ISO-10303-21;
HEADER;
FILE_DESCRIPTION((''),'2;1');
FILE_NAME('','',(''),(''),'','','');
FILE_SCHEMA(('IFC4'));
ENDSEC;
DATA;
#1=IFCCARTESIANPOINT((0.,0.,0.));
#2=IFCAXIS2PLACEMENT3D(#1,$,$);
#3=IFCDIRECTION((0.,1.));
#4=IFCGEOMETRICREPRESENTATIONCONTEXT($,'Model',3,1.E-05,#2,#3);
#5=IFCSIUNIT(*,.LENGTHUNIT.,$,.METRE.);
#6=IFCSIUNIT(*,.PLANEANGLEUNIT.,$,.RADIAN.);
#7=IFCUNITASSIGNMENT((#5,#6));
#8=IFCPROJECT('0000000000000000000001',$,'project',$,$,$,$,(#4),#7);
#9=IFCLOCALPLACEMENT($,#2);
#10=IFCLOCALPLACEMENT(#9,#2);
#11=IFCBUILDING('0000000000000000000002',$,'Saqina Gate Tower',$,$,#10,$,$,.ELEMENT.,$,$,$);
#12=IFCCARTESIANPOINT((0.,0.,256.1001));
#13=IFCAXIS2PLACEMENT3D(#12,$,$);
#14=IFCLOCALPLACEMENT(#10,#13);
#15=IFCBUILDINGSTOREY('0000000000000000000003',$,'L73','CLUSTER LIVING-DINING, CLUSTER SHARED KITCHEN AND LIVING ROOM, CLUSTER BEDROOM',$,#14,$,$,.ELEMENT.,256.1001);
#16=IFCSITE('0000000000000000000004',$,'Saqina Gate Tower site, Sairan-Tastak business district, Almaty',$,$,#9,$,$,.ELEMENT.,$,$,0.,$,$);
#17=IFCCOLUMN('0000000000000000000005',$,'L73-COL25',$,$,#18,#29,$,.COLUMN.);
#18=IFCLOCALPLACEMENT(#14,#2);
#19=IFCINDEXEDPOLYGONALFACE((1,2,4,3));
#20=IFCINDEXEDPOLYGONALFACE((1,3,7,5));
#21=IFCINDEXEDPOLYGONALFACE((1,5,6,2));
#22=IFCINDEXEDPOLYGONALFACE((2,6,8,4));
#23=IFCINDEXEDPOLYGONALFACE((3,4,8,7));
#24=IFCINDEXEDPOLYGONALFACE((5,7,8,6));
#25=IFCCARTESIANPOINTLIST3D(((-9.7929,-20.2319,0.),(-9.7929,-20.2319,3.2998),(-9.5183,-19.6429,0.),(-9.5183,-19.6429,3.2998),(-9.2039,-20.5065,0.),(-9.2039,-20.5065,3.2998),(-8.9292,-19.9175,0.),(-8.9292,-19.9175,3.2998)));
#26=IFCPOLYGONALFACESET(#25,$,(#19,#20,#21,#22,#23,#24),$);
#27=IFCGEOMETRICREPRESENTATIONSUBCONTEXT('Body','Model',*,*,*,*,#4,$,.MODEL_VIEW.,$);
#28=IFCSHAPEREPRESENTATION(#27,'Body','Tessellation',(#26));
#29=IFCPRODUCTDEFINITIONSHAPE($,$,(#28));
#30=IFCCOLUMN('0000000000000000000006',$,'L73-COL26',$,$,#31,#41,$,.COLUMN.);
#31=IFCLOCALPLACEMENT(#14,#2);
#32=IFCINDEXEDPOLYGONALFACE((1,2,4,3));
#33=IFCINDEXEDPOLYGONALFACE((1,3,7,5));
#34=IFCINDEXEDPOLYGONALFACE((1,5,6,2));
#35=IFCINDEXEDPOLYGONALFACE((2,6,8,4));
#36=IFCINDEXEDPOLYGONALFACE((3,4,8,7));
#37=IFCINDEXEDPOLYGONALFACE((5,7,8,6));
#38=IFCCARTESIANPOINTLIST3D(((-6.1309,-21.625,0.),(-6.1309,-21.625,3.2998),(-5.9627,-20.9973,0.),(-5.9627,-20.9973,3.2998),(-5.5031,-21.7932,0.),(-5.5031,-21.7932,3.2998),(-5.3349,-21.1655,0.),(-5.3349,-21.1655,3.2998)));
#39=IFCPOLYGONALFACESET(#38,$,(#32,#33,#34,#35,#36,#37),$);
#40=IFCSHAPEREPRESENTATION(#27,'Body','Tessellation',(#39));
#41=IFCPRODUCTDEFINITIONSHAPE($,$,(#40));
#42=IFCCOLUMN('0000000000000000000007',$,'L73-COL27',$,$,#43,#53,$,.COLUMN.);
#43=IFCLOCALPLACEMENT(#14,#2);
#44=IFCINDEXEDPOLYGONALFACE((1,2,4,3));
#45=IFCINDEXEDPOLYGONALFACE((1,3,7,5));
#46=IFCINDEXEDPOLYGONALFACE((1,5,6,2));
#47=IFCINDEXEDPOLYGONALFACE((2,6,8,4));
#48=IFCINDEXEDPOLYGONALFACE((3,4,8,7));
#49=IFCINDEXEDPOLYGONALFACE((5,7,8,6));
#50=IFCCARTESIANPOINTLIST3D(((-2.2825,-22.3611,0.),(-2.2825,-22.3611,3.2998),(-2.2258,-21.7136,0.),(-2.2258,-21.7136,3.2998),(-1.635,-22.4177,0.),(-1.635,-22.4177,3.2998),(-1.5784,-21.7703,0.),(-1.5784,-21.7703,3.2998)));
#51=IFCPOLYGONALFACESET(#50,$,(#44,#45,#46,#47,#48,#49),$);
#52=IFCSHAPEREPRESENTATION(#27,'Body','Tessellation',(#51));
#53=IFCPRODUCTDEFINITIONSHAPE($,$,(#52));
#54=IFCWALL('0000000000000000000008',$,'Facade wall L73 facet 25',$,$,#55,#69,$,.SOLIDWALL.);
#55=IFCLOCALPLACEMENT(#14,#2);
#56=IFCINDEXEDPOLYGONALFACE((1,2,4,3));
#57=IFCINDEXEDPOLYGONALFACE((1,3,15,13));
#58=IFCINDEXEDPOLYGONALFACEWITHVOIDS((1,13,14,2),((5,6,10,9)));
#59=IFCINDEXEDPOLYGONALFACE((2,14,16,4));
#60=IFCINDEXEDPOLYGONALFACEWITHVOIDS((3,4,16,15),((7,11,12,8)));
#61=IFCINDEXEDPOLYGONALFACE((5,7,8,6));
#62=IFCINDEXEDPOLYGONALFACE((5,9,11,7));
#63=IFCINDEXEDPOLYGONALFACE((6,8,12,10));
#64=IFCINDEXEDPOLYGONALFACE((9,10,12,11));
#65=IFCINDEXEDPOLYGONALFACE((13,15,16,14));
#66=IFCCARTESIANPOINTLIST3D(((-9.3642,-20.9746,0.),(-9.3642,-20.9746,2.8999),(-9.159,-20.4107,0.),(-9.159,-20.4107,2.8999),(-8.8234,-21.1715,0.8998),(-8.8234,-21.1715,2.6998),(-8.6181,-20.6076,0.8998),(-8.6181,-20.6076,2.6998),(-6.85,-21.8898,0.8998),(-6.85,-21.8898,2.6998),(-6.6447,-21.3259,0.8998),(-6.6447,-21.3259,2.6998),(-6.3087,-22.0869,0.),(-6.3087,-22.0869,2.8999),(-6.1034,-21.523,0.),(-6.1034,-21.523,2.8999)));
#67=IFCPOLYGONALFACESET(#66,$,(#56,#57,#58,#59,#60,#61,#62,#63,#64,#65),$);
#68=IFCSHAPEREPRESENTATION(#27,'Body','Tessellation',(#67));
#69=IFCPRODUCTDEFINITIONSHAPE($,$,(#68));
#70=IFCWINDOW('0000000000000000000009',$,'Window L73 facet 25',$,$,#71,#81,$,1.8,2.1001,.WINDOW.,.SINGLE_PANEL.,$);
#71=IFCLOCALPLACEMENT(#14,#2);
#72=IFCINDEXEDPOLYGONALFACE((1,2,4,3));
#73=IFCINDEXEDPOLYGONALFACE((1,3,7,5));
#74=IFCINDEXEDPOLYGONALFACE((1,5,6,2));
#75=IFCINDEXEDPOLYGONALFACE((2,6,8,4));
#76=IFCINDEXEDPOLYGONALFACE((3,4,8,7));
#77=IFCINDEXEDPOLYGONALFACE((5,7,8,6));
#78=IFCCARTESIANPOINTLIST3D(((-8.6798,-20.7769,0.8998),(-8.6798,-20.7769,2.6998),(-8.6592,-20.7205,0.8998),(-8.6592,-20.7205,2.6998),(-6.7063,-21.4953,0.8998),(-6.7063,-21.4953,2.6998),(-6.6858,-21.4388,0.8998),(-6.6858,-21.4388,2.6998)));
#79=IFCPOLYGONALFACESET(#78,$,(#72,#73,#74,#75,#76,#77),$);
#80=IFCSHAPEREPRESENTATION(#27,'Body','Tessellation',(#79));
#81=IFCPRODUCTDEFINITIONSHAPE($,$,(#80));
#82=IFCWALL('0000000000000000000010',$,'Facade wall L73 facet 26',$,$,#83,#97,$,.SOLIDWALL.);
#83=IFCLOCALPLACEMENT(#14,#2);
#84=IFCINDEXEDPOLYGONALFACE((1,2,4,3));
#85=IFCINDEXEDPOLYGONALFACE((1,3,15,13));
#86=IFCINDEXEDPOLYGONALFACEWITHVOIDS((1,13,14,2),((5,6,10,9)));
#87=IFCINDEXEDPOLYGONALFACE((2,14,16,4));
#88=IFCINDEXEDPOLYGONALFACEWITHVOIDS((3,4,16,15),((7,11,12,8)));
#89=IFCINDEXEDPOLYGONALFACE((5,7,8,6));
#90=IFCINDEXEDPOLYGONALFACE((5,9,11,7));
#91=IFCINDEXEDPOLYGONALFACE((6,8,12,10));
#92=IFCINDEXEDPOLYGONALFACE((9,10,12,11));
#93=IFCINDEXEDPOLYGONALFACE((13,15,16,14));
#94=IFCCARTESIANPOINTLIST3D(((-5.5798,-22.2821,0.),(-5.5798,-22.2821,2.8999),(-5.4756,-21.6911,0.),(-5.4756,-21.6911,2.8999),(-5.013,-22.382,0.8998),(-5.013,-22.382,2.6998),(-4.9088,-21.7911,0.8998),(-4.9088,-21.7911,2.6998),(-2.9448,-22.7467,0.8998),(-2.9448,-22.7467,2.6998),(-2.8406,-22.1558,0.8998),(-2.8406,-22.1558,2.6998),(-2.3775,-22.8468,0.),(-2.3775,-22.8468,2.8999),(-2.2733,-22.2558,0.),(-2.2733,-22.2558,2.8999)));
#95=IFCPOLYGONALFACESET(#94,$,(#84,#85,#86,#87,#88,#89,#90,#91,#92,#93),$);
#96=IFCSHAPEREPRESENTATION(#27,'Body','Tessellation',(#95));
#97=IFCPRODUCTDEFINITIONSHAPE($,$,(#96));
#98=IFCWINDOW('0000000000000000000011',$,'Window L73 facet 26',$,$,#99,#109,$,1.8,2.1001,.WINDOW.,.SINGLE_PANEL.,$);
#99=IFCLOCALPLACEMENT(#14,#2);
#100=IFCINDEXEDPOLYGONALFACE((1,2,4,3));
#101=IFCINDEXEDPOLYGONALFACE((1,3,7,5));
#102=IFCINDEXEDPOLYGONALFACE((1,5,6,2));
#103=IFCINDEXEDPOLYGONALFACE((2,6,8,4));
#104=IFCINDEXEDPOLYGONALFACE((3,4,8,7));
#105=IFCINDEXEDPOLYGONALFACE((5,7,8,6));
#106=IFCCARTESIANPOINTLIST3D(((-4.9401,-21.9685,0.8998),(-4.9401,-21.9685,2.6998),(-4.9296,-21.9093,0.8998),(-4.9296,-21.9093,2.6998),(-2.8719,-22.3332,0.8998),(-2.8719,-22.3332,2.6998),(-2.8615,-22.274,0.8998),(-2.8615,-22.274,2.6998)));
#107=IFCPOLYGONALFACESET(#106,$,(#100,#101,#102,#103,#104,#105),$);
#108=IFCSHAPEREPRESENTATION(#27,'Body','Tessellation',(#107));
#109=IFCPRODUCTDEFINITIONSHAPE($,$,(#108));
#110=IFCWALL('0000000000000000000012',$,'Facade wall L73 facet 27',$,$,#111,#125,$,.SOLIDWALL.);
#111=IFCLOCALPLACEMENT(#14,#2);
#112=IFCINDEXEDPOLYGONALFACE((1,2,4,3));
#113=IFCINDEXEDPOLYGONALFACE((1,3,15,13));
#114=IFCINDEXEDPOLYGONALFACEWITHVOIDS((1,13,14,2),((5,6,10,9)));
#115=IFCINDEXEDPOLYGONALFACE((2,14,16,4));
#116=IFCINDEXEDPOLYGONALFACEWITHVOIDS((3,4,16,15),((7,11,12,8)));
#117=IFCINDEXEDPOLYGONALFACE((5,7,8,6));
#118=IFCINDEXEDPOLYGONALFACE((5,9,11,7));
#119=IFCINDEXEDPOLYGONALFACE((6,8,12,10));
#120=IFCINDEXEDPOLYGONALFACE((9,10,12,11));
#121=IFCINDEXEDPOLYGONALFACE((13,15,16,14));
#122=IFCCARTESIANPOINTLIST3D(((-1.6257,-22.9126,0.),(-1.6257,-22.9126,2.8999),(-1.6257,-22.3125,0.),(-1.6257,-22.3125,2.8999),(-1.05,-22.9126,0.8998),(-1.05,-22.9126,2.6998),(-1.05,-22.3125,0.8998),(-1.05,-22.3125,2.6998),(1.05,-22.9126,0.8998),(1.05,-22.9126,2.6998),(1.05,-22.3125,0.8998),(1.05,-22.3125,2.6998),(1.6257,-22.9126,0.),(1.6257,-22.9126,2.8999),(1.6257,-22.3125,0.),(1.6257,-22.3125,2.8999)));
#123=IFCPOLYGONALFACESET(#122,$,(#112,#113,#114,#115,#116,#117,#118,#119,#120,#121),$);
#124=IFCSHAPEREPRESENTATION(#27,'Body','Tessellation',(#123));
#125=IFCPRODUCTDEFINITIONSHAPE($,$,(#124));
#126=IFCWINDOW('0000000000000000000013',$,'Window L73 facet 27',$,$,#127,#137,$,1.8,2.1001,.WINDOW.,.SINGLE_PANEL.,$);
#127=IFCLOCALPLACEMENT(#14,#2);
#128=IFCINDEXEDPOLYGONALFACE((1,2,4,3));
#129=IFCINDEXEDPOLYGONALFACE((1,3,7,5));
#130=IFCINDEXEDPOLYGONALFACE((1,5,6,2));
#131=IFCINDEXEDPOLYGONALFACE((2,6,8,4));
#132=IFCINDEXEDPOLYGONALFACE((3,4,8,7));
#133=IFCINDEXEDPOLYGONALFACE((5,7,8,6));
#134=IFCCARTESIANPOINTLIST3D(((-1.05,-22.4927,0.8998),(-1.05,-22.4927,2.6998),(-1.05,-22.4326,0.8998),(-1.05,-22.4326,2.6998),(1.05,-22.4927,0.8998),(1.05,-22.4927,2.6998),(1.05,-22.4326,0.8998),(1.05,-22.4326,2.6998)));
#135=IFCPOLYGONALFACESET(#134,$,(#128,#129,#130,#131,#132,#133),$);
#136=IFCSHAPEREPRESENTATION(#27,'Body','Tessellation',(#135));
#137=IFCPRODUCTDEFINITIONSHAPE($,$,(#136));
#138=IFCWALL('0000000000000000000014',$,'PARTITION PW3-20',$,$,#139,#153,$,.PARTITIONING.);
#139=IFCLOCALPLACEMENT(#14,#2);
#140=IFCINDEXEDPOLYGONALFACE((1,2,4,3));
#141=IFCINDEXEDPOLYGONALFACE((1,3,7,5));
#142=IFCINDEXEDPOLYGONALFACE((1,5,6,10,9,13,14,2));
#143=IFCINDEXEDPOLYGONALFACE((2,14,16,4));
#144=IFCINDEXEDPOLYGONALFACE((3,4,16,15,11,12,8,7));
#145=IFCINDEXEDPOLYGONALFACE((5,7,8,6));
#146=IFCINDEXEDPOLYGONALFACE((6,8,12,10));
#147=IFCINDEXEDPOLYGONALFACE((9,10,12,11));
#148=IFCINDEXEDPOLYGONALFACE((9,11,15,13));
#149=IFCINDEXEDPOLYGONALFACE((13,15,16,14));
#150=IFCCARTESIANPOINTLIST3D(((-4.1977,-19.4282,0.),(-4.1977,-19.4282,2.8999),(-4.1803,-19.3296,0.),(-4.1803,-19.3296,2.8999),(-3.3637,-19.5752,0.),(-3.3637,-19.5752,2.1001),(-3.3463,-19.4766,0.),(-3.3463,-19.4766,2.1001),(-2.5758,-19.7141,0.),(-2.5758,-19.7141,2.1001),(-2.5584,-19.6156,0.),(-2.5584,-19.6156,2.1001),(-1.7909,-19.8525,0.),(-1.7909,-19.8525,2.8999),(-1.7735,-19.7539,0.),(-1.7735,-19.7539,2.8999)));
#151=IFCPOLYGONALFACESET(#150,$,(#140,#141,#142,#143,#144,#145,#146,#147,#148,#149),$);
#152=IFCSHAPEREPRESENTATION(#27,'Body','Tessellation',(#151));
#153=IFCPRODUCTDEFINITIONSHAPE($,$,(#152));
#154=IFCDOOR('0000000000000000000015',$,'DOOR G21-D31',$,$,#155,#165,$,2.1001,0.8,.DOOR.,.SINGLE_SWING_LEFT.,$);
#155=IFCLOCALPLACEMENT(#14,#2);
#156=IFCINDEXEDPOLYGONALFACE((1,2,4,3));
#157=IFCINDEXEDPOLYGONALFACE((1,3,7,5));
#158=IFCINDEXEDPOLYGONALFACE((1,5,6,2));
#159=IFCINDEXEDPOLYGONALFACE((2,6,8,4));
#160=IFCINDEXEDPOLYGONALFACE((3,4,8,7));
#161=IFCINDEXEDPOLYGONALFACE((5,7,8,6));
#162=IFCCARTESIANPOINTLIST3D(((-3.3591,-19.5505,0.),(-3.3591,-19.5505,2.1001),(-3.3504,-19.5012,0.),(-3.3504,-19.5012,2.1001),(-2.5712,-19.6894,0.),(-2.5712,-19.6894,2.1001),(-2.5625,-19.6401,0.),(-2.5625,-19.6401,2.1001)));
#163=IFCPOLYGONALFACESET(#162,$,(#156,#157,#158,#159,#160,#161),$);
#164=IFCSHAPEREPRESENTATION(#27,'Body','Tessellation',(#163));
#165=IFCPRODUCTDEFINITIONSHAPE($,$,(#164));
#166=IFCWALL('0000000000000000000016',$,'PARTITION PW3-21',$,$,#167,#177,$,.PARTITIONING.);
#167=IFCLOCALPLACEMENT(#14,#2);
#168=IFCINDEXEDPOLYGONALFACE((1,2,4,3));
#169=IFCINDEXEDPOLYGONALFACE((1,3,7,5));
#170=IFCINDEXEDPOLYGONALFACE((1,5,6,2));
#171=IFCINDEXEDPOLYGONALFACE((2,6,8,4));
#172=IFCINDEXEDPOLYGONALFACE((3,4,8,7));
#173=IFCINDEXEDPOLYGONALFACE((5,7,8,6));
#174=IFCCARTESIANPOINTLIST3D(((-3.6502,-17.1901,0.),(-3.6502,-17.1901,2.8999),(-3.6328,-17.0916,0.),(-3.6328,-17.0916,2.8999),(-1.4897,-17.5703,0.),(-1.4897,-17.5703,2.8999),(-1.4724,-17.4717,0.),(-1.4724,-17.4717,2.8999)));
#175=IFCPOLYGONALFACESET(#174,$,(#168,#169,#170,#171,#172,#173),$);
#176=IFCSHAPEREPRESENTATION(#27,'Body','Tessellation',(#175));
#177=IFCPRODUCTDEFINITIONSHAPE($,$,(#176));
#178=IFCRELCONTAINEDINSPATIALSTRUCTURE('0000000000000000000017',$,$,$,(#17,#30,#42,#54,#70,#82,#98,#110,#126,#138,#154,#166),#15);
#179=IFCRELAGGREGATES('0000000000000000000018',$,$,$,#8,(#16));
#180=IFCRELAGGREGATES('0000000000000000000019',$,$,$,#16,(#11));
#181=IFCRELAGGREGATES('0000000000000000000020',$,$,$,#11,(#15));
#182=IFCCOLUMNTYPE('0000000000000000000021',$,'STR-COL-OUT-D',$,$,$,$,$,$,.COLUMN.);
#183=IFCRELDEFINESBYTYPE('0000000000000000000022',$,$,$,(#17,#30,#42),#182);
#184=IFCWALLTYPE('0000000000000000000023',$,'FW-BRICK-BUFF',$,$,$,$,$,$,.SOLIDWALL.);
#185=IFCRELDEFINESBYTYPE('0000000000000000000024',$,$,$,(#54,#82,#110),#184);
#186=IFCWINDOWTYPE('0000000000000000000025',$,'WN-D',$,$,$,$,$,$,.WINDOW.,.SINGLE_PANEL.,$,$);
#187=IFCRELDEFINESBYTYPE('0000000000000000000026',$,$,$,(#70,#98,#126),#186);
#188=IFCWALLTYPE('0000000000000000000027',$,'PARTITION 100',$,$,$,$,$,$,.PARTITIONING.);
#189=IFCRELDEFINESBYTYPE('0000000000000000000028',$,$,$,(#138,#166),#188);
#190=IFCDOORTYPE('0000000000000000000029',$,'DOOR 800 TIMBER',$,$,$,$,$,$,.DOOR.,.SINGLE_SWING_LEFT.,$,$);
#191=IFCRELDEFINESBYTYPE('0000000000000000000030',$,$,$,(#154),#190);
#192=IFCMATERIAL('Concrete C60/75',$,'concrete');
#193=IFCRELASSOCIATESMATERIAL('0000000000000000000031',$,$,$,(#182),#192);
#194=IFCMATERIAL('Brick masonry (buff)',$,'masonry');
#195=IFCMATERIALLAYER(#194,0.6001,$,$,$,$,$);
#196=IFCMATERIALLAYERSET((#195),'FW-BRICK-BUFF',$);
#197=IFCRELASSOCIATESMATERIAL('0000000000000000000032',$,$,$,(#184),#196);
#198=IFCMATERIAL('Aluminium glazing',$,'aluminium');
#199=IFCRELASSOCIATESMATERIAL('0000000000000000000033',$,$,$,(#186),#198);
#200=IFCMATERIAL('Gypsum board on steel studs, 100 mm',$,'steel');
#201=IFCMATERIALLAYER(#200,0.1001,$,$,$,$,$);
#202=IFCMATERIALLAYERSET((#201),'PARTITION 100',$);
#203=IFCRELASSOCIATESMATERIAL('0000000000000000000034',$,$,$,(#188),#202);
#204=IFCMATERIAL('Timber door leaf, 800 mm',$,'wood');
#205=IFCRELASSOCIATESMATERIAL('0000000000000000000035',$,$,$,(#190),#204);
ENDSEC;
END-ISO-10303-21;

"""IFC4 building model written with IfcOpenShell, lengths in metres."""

from ifc_helpers import new_model, si_unit, direction, frame, frame_2d, origin, origin_2d, place, context, subcontext, project, spatial, rectangle, extrude, material, layer, layer_set, material_profile, profile_set, type_object, element, fill, save


model = new_model("IFC4")

# Units and contexts
model_context = context("Model", 3, precision=1e-05, world=origin(), true_north=direction((0.0, 1.0)))
body_context = subcontext(model_context, "Body", "Model", "MODEL_VIEW")
ifc_project = project(units=[si_unit("LENGTHUNIT", "METRE"), si_unit("PLANEANGLEUNIT", "RADIAN")], contexts=[model_context])

# Site, building, storey
site_placement = place(None, origin())
site = spatial("IfcSite", under=ifc_project, at=site_placement, Name="Saqina Gate Tower site, Sairan-Tastak business district, Almaty", CompositionType="ELEMENT", RefElevation=0.0)
building_placement = place(site_placement, origin())
building = spatial("IfcBuilding", under=site, at=building_placement, Name="Saqina Gate Tower", CompositionType="ELEMENT")
storey_placement = place(building_placement, frame((0.0, 0.0, 256.1001)))
storey = spatial("IfcBuildingStorey", under=building, at=storey_placement, Name="L73", Description="CLUSTER LIVING-DINING, CLUSTER SHARED KITCHEN AND LIVING ROOM, CLUSTER BEDROOM", CompositionType="ELEMENT", Elevation=256.1001)

# Columns
ifc_material_1 = material(Name="Concrete C60/75", Category="concrete")
ifc_material_profile = material_profile(ifc_material_1, rectangle(XDim=0.6499, YDim=0.6499, at=origin_2d()), Name="RC 650x650")
ifc_profile_set = profile_set([ifc_material_profile], Name="Concrete C60/75")
column_type = type_object("IfcColumnType", Name="STR-COL-OUT-D", PredefinedType="COLUMN", material=ifc_profile_set)
for number, where, z_axis, x_axis, name in (
    (1, (-9.3611, -20.0747, 0.0), (0.0, 0.0, 1.0), (-0.422618, -0.906308, 0.0), "L73-COL25"),
    (2, (-5.7329, -21.3953, 0.0), (0.0, 0.0, 1.0), (-0.258819, -0.965926, 0.0), "L73-COL26"),
    (3, (-1.9304, -22.0657, 0.0), (0.0, 0.0, 1.0), (-0.087156, -0.996195, 0.0), "L73-COL27"),
):
    element("IfcColumn", number, at=place(storey_placement, frame(where, z_axis=z_axis, x_axis=x_axis)), inside=storey, type_object=column_type, Name=name, PredefinedType="COLUMN", context=body_context, shape_type="SweptSolid", body=[
        extrude(rectangle(XDim=0.6499, YDim=0.6499, at=origin_2d()), origin(), (0.0, 0.0, 1.0), 3.2998),
    ])

# Walls, openings, windows
ifc_material_2 = material(Name="Brick masonry (buff)", Category="masonry")
ifc_layer_1 = layer(ifc_material_2, 0.6001)
ifc_layer_set_1 = layer_set([ifc_layer_1], Name="FW-BRICK-BUFF")
wall_type_1 = type_object("IfcWallType", Name="FW-BRICK-BUFF", PredefinedType="SOLIDWALL", material=ifc_layer_set_1)
wall_1_placement = place(storey_placement, frame((-9.2617, -20.6926, 0.0), z_axis=(0.0, 0.0, 1.0), x_axis=(0.939679, -0.342057, 0.0)))
wall_1 = element("IfcWall", 4, at=wall_1_placement, inside=storey, type_object=wall_type_1, Name="Facade wall L73 facet 25", PredefinedType="SOLIDWALL", context=body_context, shape_type="SweptSolid", body=[
    extrude(rectangle(XDim=3.2517, YDim=0.6001, at=frame_2d((1.626, 0.0))), origin(), (0.0, 0.0, 1.0), 2.8999),
])
opening_1_placement = place(wall_1_placement, frame((0.5757, 0.0, 0.8999)))
opening_1 = element("IfcOpeningElement", 5, at=opening_1_placement, cuts=wall_1, PredefinedType="OPENING", context=body_context, shape_type="SweptSolid", body=[
    extrude(rectangle(XDim=2.1001, YDim=1.8, at=frame_2d((1.05, 0.8999))), frame((0.0, 0.312, 0.0), z_axis=(0.0, -1.0, 0.0), x_axis=(1.0, 0.0, 0.0)), (0.0, 0.0, 1.0), 0.624),
])
ifc_material_3 = material(Name="Aluminium glazing", Category="aluminium")
window_type = type_object("IfcWindowType", Name="WN-D", PartitioningType="SINGLE_PANEL", PredefinedType="WINDOW", material=ifc_material_3)
window_1_placement = place(opening_1_placement, origin())
window_1 = element("IfcWindow", 6, at=window_1_placement, inside=storey, type_object=window_type, Name="Window L73 facet 25", OverallHeight=1.8, OverallWidth=2.1001, PartitioningType="SINGLE_PANEL", PredefinedType="WINDOW", context=body_context, shape_type="SweptSolid", body=[
    extrude(rectangle(XDim=2.1001, YDim=1.8, at=frame_2d((1.05, 0.8999))), frame((0.0, 0.1799, 0.0), z_axis=(0.0, -1.0, 0.0), x_axis=(1.0, 0.0, 0.0)), (0.0, 0.0, 1.0), 0.0601),
])
fill(opening_1, window_1)
wall_2_placement = place(storey_placement, frame((-5.5278, -21.9866, 0.0), z_axis=(0.0, 0.0, 1.0), x_axis=(0.984806, -0.173657, 0.0)))
wall_2 = element("IfcWall", 7, at=wall_2_placement, inside=storey, type_object=wall_type_1, Name="Facade wall L73 facet 26", PredefinedType="SOLIDWALL", context=body_context, shape_type="SweptSolid", body=[
    extrude(rectangle(XDim=3.2517, YDim=0.6001, at=frame_2d((1.626, 0.0))), origin(), (0.0, 0.0, 1.0), 2.8999),
])
opening_2_placement = place(wall_2_placement, frame((0.5757, 0.0, 0.8999)))
opening_2 = element("IfcOpeningElement", 8, at=opening_2_placement, cuts=wall_2, PredefinedType="OPENING", context=body_context, shape_type="SweptSolid", body=[
    extrude(rectangle(XDim=2.1001, YDim=1.8, at=frame_2d((1.05, 0.8999))), frame((0.0, 0.312, 0.0), z_axis=(0.0, -1.0, 0.0), x_axis=(1.0, 0.0, 0.0)), (0.0, 0.0, 1.0), 0.624),
])
window_2_placement = place(opening_2_placement, origin())
window_2 = element("IfcWindow", 9, at=window_2_placement, inside=storey, type_object=window_type, Name="Window L73 facet 26", OverallHeight=1.8, OverallWidth=2.1001, PartitioningType="SINGLE_PANEL", PredefinedType="WINDOW", context=body_context, shape_type="SweptSolid", body=[
    extrude(rectangle(XDim=2.1001, YDim=1.8, at=frame_2d((1.05, 0.8999))), frame((0.0, 0.1799, 0.0), z_axis=(0.0, -1.0, 0.0), x_axis=(1.0, 0.0, 0.0)), (0.0, 0.0, 1.0), 0.0601),
])
fill(opening_2, window_2)
wall_3_placement = place(storey_placement, frame((-1.6257, -22.6125, 0.0), z_axis=(0.0, 0.0, 1.0), x_axis=(1.0, 0.0, 0.0)))
wall_3 = element("IfcWall", 10, at=wall_3_placement, inside=storey, type_object=wall_type_1, Name="Facade wall L73 facet 27", PredefinedType="SOLIDWALL", context=body_context, shape_type="SweptSolid", body=[
    extrude(rectangle(XDim=3.2515, YDim=0.6001, at=frame_2d((1.6257, 0.0))), origin(), (0.0, 0.0, 1.0), 2.8999),
])
opening_3_placement = place(wall_3_placement, frame((0.5757, 0.0, 0.8999)))
opening_3 = element("IfcOpeningElement", 11, at=opening_3_placement, cuts=wall_3, PredefinedType="OPENING", context=body_context, shape_type="SweptSolid", body=[
    extrude(rectangle(XDim=2.1001, YDim=1.8, at=frame_2d((1.05, 0.8999))), frame((0.0, 0.312, 0.0), z_axis=(0.0, -1.0, 0.0), x_axis=(1.0, 0.0, 0.0)), (0.0, 0.0, 1.0), 0.624),
])
window_3_placement = place(opening_3_placement, origin())
window_3 = element("IfcWindow", 12, at=window_3_placement, inside=storey, type_object=window_type, Name="Window L73 facet 27", OverallHeight=1.8, OverallWidth=2.1001, PartitioningType="SINGLE_PANEL", PredefinedType="WINDOW", context=body_context, shape_type="SweptSolid", body=[
    extrude(rectangle(XDim=2.1001, YDim=1.8, at=frame_2d((1.05, 0.8999))), frame((0.0, 0.1799, 0.0), z_axis=(0.0, -1.0, 0.0), x_axis=(1.0, 0.0, 0.0)), (0.0, 0.0, 1.0), 0.0601),
])
fill(opening_3, window_3)

# Wall, opening, door
ifc_material_4 = material(Name="Gypsum board on steel studs, 100 mm", Category="steel")
ifc_layer_2 = layer(ifc_material_4, 0.1001)
ifc_layer_set_2 = layer_set([ifc_layer_2], Name="PARTITION 100")
wall_type_2 = type_object("IfcWallType", Name="PARTITION 100", PredefinedType="PARTITIONING", material=ifc_layer_set_2)
wall_4_placement = place(storey_placement, frame((-4.189, -19.3789, 0.0), z_axis=(0.0, 0.0, 1.0), x_axis=(0.984812, -0.173626, 0.0)))
wall_4 = element("IfcWall", 13, at=wall_4_placement, inside=storey, type_object=wall_type_2, Name="PARTITION PW3-20", PredefinedType="PARTITIONING", context=body_context, shape_type="SweptSolid", body=[
    extrude(rectangle(XDim=2.4438, YDim=0.1001, at=frame_2d((1.2219, 0.0))), origin(), (0.0, 0.0, 1.0), 2.8999),
])
opening_4_placement = place(wall_4_placement, frame((0.8469, 0.0, 0.0)))
opening_4 = element("IfcOpeningElement", 14, at=opening_4_placement, cuts=wall_4, PredefinedType="OPENING", context=body_context, shape_type="SweptSolid", body=[
    extrude(rectangle(XDim=0.8, YDim=2.1001, at=frame_2d((0.3999, 1.05))), frame((0.0, 0.062, 0.0), z_axis=(0.0, -1.0, 0.0), x_axis=(1.0, 0.0, 0.0)), (0.0, 0.0, 1.0), 0.124),
])
ifc_material_5 = material(Name="Timber door leaf, 800 mm", Category="wood")
door_type_1 = type_object("IfcDoorType", Name="DOOR 800 TIMBER", OperationType="SINGLE_SWING_LEFT", PredefinedType="DOOR", material=ifc_material_5)
door_1_placement = place(opening_4_placement, frame((0.8, 0.0, 0.0), z_axis=(0.0, 0.0, 1.0), x_axis=(-1.0, 0.0, 0.0)))
door_1 = element("IfcDoor", 15, at=door_1_placement, inside=storey, type_object=door_type_1, Name="DOOR G21-D31", OperationType="SINGLE_SWING_LEFT", OverallHeight=2.1001, OverallWidth=0.8, PredefinedType="DOOR", context=body_context, shape_type="SweptSolid", body=[
    extrude(rectangle(XDim=0.8, YDim=2.1001, at=frame_2d((0.3999, 1.05))), frame((0.0, 0.0249, 0.0), z_axis=(0.0, -1.0, 0.0), x_axis=(1.0, 0.0, 0.0)), (0.0, 0.0, 1.0), 0.05),
])
fill(opening_4, door_1)

# Wall
wall_5_placement = place(storey_placement, frame((-3.6414, -17.1409, 0.0), z_axis=(0.0, 0.0, 1.0), x_axis=(0.984871, -0.17329, 0.0)))
element("IfcWall", 16, at=wall_5_placement, inside=storey, type_object=wall_type_2, Name="PARTITION PW3-21", PredefinedType="PARTITIONING", context=body_context, shape_type="SweptSolid", body=[
    extrude(rectangle(XDim=2.1936, YDim=0.1001, at=frame_2d((1.0967, 0.0))), origin(), (0.0, 0.0, 1.0), 2.8999),
])

save(model, "model.ifc")
